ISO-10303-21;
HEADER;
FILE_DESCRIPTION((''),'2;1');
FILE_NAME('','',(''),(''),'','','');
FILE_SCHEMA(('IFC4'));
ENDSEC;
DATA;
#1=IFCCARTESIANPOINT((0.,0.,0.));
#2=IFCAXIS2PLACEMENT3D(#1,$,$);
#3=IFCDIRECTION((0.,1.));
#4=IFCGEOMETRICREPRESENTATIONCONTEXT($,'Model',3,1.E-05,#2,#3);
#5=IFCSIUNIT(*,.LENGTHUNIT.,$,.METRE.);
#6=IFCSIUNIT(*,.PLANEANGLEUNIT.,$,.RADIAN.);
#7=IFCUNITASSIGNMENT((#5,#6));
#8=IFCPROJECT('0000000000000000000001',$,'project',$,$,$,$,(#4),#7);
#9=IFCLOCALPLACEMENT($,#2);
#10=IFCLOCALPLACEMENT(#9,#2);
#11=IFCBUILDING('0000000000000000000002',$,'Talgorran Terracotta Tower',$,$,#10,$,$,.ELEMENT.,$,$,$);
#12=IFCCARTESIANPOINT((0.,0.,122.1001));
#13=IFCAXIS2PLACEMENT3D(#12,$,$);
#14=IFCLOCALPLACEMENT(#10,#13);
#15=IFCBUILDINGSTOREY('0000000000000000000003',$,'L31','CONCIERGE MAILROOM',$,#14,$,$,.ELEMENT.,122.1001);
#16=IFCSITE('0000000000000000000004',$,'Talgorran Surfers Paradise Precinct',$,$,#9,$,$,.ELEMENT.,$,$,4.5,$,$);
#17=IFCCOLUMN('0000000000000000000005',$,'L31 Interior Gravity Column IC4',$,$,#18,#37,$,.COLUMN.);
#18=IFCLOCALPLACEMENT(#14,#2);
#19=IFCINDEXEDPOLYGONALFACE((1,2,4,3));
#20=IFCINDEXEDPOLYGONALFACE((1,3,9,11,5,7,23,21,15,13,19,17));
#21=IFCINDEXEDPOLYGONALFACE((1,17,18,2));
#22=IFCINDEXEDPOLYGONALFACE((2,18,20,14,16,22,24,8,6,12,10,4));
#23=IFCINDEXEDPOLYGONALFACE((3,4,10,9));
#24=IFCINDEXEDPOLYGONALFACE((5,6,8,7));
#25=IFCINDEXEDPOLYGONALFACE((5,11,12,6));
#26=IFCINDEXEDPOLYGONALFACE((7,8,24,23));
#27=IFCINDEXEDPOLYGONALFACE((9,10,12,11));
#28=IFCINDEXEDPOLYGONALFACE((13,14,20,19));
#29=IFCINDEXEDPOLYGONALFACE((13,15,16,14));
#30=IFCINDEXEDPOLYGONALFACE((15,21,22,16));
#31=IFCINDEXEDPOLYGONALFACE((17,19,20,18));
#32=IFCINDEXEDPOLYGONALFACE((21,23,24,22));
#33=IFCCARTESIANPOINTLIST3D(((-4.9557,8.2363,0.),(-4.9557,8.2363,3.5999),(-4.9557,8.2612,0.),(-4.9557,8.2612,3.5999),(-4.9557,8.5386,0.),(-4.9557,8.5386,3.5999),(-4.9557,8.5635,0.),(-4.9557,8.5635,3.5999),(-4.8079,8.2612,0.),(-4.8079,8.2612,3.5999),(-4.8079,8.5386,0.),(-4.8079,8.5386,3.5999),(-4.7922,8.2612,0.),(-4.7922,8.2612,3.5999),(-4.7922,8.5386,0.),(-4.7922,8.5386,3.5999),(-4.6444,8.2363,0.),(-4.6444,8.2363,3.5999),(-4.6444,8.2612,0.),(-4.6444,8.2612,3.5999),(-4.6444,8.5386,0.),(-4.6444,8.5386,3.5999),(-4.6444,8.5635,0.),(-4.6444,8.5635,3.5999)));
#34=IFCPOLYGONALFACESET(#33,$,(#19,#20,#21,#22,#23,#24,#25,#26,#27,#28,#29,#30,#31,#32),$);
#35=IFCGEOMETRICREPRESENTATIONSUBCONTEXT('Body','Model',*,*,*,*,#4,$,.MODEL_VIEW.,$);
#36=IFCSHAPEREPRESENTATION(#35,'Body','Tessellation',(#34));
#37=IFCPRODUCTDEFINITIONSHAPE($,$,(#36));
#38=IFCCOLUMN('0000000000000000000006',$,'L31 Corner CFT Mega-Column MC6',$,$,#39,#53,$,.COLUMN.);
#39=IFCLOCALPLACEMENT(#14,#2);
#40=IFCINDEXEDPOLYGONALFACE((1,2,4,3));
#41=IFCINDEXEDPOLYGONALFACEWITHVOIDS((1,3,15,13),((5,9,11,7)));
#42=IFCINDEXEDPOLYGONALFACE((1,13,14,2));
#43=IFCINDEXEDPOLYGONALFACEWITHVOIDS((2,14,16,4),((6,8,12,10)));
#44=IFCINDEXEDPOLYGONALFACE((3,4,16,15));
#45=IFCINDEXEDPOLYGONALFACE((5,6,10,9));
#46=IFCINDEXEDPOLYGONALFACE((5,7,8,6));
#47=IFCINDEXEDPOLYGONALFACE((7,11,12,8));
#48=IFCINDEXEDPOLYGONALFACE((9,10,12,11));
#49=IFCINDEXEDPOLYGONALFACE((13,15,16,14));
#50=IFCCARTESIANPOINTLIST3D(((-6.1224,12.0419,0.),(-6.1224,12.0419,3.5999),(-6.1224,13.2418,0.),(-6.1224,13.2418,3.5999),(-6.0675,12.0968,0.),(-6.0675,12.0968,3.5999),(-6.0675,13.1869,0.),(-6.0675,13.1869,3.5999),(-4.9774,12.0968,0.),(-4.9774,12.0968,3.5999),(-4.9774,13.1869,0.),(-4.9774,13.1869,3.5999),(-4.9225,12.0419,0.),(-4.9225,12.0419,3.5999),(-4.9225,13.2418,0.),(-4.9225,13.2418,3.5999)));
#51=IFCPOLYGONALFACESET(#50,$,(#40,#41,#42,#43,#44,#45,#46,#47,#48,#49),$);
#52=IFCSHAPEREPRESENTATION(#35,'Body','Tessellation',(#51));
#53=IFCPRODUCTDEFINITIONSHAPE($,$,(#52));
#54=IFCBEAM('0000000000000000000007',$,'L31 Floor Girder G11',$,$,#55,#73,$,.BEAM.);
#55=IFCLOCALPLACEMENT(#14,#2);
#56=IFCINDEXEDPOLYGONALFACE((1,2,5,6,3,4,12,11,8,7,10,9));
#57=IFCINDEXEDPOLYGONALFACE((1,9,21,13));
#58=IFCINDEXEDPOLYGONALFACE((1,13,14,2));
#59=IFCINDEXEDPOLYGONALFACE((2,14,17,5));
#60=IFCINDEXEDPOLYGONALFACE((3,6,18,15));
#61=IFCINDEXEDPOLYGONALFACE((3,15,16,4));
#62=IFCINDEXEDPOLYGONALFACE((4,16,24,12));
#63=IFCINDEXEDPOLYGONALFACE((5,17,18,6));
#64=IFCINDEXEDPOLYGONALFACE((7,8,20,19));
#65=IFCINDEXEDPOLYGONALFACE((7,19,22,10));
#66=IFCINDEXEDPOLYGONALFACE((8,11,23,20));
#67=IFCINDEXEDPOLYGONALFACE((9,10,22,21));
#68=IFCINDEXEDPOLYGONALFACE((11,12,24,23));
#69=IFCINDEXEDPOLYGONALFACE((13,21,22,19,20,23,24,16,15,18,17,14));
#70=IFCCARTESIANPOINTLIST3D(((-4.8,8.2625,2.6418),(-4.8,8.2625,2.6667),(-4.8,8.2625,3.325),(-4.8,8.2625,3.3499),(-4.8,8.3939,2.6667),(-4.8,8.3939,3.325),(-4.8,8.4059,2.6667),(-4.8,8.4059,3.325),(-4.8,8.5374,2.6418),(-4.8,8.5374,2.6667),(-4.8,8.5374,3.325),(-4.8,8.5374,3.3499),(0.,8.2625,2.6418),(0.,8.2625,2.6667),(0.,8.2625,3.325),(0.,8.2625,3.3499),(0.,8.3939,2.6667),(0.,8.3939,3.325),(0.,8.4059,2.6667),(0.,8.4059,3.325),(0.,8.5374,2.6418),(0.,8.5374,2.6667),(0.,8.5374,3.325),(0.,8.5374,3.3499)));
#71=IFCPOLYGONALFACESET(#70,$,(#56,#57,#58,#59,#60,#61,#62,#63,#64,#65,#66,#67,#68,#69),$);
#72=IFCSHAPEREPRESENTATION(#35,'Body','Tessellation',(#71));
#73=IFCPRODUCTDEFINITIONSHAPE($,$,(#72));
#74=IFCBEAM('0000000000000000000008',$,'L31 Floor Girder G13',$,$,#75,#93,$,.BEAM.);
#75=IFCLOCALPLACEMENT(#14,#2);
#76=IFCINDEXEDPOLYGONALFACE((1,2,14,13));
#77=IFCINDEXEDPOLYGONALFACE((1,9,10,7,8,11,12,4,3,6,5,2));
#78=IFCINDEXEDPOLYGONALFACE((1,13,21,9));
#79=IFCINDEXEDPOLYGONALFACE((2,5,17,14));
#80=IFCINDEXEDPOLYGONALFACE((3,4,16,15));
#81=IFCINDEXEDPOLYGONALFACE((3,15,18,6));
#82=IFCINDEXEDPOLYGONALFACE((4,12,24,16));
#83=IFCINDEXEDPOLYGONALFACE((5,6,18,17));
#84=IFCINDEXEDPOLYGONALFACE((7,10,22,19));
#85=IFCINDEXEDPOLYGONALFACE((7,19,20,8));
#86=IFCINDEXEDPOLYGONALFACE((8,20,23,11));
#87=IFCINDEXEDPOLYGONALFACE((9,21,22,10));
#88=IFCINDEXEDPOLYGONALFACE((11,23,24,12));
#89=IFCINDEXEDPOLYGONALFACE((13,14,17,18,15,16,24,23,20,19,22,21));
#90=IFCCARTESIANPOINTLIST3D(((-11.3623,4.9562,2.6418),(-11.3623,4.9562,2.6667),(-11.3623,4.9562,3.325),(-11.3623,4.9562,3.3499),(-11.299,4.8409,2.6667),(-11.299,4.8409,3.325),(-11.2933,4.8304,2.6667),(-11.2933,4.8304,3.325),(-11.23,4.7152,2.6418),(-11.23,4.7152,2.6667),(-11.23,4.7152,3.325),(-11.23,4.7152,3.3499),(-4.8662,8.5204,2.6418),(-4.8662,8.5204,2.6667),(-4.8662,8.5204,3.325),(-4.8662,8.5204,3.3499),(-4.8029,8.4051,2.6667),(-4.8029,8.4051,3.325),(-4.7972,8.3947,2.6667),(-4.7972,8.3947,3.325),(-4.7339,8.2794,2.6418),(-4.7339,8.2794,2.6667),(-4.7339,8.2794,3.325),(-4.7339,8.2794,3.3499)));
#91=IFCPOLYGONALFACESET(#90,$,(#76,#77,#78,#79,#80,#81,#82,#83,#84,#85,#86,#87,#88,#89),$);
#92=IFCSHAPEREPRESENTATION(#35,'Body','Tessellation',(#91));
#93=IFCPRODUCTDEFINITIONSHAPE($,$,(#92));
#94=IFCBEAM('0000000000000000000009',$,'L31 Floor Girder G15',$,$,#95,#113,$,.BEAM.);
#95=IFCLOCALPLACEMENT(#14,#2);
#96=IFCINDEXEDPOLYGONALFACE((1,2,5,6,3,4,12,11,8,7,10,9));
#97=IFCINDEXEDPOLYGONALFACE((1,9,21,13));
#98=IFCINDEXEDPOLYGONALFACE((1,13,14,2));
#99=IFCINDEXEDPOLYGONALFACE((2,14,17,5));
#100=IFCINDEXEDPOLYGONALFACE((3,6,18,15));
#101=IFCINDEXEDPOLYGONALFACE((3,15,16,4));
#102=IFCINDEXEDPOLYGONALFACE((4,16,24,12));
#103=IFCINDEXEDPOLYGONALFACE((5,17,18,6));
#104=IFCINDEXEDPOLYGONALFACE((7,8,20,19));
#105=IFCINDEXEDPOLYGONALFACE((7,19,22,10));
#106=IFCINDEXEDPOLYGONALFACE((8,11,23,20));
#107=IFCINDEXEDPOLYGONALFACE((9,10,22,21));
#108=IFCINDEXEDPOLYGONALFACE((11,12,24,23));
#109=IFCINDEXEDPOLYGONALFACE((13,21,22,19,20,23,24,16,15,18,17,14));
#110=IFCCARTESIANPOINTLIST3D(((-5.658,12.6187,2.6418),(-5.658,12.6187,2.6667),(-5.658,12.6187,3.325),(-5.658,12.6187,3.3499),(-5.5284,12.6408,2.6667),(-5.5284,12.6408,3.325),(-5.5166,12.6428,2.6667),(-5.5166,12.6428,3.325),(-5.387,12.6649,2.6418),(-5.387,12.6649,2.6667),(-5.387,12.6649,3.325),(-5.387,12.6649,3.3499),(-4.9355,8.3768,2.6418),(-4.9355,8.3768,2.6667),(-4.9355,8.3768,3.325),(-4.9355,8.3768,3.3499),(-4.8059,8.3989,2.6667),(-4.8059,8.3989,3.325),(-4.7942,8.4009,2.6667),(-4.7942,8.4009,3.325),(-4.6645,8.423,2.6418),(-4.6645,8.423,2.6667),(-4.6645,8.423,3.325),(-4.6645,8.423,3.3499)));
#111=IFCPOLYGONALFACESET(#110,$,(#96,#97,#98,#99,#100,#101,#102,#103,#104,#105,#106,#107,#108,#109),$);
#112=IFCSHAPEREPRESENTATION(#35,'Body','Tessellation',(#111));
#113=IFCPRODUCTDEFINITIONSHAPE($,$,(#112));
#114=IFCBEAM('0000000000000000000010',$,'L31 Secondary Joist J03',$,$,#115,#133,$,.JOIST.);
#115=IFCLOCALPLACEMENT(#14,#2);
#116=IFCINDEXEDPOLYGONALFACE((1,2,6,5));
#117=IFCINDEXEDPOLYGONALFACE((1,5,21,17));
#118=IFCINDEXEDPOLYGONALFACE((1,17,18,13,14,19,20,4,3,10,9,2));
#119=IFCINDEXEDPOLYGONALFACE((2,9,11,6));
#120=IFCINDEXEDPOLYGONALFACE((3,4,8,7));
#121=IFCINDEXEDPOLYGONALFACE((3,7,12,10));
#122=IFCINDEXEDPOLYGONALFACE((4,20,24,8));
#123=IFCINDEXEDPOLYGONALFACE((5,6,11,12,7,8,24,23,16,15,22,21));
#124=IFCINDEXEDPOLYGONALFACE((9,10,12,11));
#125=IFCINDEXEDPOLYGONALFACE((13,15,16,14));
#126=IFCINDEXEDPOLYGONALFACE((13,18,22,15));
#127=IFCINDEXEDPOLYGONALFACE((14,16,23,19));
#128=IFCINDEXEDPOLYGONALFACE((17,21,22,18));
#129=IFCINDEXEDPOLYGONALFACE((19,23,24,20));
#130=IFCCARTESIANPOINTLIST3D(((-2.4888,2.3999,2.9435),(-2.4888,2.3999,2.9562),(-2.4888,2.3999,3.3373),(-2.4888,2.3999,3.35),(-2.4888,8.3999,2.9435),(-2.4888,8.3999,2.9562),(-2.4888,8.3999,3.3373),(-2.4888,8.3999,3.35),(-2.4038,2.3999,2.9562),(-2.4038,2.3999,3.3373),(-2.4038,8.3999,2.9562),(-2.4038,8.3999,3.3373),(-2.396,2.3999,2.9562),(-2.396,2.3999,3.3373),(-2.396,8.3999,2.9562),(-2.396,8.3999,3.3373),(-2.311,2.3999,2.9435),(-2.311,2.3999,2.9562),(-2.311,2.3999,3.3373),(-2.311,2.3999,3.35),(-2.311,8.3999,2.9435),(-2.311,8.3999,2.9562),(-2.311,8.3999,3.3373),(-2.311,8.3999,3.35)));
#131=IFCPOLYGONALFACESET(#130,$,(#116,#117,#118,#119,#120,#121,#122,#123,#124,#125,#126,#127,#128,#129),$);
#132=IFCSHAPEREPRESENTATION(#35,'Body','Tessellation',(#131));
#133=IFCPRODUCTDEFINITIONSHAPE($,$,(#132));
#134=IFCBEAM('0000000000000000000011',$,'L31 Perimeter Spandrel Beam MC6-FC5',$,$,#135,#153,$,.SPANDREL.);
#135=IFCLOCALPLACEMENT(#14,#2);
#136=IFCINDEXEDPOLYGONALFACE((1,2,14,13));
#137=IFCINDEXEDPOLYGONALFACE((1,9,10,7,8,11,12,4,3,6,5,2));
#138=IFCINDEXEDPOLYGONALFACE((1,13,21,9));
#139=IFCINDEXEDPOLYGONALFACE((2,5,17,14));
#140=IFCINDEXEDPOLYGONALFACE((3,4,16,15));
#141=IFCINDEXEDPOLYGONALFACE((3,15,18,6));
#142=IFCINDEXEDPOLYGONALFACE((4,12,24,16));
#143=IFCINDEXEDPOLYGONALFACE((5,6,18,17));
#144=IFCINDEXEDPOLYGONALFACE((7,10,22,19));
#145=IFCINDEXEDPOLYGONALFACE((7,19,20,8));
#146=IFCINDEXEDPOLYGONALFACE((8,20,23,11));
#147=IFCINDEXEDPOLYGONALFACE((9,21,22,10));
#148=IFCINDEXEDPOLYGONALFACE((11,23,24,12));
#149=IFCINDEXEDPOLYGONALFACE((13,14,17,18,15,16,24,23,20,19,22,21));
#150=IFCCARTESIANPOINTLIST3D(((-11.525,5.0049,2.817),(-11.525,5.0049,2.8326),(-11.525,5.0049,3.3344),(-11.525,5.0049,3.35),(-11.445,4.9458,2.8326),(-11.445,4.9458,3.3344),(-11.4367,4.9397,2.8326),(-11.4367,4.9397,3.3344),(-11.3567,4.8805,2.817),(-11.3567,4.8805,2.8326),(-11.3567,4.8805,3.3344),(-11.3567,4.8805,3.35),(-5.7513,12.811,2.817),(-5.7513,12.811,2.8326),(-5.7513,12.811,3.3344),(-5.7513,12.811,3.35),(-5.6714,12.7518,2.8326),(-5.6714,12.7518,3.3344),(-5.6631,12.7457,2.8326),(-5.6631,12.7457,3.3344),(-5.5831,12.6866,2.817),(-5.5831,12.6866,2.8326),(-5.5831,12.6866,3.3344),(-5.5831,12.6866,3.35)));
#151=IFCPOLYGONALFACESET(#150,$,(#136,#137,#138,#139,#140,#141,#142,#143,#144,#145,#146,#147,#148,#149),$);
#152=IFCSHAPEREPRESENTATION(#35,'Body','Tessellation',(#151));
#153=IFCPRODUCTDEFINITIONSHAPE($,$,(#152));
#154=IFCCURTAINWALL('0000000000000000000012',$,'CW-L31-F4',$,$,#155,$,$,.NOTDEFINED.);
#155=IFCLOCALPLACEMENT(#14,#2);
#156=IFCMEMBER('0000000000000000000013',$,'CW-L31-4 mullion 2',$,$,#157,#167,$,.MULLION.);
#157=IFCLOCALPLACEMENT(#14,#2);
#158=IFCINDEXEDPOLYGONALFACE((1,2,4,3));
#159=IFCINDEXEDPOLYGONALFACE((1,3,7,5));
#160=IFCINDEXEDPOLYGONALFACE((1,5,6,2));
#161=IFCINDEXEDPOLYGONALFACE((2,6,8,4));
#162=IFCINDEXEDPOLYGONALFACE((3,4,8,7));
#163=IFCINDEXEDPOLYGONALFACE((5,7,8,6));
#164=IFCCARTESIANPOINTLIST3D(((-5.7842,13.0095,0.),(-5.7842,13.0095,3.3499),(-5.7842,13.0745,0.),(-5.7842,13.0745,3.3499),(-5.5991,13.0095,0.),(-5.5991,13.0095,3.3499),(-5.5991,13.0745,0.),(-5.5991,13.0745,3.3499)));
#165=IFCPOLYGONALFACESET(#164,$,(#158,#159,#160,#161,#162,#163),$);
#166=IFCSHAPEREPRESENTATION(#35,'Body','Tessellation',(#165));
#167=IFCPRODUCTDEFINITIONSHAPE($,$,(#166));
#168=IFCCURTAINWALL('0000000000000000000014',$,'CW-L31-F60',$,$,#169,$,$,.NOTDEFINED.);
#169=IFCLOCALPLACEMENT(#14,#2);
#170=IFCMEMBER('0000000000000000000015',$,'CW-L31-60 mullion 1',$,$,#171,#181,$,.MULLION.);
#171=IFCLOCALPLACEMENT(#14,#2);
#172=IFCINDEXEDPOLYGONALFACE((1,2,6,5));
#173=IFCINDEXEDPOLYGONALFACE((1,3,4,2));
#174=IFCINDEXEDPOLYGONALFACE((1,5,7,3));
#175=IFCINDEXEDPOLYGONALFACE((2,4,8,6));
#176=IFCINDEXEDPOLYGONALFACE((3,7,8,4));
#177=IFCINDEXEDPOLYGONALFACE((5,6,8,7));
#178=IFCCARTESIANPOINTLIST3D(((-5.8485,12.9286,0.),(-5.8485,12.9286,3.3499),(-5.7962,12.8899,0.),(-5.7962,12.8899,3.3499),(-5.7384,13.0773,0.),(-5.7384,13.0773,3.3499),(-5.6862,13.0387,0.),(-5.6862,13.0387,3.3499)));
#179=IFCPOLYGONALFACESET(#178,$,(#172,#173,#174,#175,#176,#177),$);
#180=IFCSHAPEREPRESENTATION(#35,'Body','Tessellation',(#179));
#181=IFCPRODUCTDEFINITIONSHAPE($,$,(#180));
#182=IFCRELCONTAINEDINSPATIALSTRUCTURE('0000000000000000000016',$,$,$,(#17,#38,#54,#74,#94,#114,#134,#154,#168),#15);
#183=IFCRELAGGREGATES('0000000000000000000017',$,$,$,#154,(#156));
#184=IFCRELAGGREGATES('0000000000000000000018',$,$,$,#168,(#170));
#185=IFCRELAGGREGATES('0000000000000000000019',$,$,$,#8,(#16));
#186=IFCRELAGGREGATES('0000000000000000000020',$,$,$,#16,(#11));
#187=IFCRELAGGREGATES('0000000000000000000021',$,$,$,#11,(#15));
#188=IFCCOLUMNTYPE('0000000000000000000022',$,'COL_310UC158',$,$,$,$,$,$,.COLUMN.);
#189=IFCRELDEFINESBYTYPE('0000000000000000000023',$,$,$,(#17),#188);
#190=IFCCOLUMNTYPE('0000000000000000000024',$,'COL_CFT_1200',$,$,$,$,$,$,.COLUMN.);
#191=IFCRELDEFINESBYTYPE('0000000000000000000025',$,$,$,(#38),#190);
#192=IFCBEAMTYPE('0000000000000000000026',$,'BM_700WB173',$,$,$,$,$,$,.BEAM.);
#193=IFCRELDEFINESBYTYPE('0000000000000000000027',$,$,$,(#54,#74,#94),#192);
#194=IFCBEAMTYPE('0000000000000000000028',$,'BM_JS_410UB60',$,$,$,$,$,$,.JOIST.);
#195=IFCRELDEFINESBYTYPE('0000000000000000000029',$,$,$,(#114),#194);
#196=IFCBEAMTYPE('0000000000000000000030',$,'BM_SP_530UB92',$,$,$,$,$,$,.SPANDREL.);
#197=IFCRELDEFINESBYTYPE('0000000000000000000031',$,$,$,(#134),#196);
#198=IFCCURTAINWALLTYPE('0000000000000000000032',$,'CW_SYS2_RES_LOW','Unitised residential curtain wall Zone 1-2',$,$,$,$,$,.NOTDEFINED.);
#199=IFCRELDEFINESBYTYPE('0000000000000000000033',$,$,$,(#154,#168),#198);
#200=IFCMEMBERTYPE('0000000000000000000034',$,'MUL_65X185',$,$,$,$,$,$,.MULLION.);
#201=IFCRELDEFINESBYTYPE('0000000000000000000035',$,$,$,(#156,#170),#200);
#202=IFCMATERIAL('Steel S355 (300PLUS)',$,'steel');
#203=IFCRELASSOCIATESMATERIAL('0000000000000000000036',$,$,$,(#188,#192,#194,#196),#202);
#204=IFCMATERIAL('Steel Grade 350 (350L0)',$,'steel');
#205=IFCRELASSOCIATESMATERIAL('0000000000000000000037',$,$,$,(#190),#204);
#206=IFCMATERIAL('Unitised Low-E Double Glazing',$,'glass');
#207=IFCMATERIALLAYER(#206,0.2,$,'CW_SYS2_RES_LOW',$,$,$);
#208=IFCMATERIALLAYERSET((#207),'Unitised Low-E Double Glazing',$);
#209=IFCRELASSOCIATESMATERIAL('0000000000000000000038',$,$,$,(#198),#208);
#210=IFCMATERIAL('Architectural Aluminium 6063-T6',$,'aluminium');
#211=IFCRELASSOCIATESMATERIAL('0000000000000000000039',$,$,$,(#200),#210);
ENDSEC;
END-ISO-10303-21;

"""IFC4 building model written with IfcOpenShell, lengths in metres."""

from ifc_helpers import new_model, si_unit, direction, frame, origin, origin_2d, place, context, subcontext, project, spatial, rectangle, hollow_rectangle, i_section, extrude, material, layer, layer_set, material_profile, profile_set, type_object, element, aggregate, save


model = new_model("IFC4")

# Units and contexts
model_context = context("Model", 3, precision=1e-05, world=origin(), true_north=direction((0.0, 1.0)))
body_context = subcontext(model_context, "Body", "Model", "MODEL_VIEW")
ifc_project = project(units=[si_unit("LENGTHUNIT", "METRE"), si_unit("PLANEANGLEUNIT", "RADIAN")], contexts=[model_context])

# Site, building, storey
site_placement = place(None, origin())
site = spatial("IfcSite", under=ifc_project, at=site_placement, Name="Talgorran Surfers Paradise Precinct", CompositionType="ELEMENT", RefElevation=4.5)
building_placement = place(site_placement, origin())
building = spatial("IfcBuilding", under=site, at=building_placement, Name="Talgorran Terracotta Tower", CompositionType="ELEMENT")
storey_placement = place(building_placement, frame((0.0, 0.0, 122.1001)))
storey = spatial("IfcBuildingStorey", under=building, at=storey_placement, Name="L31", Description="CONCIERGE MAILROOM", CompositionType="ELEMENT", Elevation=122.1001)

# Columns
ifc_material_1 = material(Name="Steel S355 (300PLUS)", Category="steel")
ifc_material_profile_1 = material_profile(ifc_material_1, i_section(OverallWidth=0.3113, OverallDepth=0.3271, WebThickness=0.0156, FlangeThickness=0.0249, at=origin_2d()), Name="310UC158")
ifc_profile_set_1 = profile_set([ifc_material_profile_1], Name="Steel S355 (300PLUS)")
column_type_1 = type_object("IfcColumnType", Name="COL_310UC158", PredefinedType="COLUMN", material=ifc_profile_set_1)
column_1_placement = place(storey_placement, frame((-4.8, 8.3999, 0.0), z_axis=(0.0, 0.0, 1.0), x_axis=(1.0, 0.0, 0.0)))
element("IfcColumn", 1, at=column_1_placement, inside=storey, type_object=column_type_1, Name="L31 Interior Gravity Column IC4", PredefinedType="COLUMN", context=body_context, shape_type="SweptSolid", body=[
    extrude(i_section(OverallWidth=0.3113, OverallDepth=0.3271, WebThickness=0.0156, FlangeThickness=0.0249, at=origin_2d()), origin(), (0.0, 0.0, 1.0), 3.5999),
])
ifc_material_2 = material(Name="Steel Grade 350 (350L0)", Category="steel")
ifc_material_profile_2 = material_profile(ifc_material_2, hollow_rectangle(XDim=1.2, YDim=1.2, WallThickness=0.0549, at=origin_2d()), Name="CFT1200X1200X55")
ifc_profile_set_2 = profile_set([ifc_material_profile_2], Name="Steel Grade 350 (350L0)")
column_type_2 = type_object("IfcColumnType", Name="COL_CFT_1200", PredefinedType="COLUMN", material=ifc_profile_set_2)
column_2_placement = place(storey_placement, frame((-5.5225, 12.6418, 0.0), z_axis=(0.0, 0.0, 1.0), x_axis=(1.0, 0.0, 0.0)))
element("IfcColumn", 2, at=column_2_placement, inside=storey, type_object=column_type_2, Name="L31 Corner CFT Mega-Column MC6", PredefinedType="COLUMN", context=body_context, shape_type="SweptSolid", body=[
    extrude(hollow_rectangle(XDim=1.2, YDim=1.2, WallThickness=0.0549, at=origin_2d()), origin(), (0.0, 0.0, 1.0), 3.5999),
])

# Beams
ifc_material_profile_3 = material_profile(ifc_material_1, i_section(OverallWidth=0.2749, OverallDepth=0.708, WebThickness=0.012, FlangeThickness=0.0249, at=origin_2d()), Name="700WB173")
ifc_profile_set_3 = profile_set([ifc_material_profile_3], Name="Steel S355 (300PLUS)")
beam_type_1 = type_object("IfcBeamType", Name="BM_700WB173", PredefinedType="BEAM", material=ifc_profile_set_3)
beam_1_placement = place(storey_placement, frame((-4.8, 8.3999, 2.9958), z_axis=(1.0, 0.0, 0.0), x_axis=(0.0, 1.0, 0.0)))
element("IfcBeam", 3, at=beam_1_placement, inside=storey, type_object=beam_type_1, Name="L31 Floor Girder G11", PredefinedType="BEAM", context=body_context, shape_type="SweptSolid", body=[
    extrude(i_section(OverallWidth=0.2749, OverallDepth=0.708, WebThickness=0.012, FlangeThickness=0.0249, at=origin_2d()), origin(), (0.0, 0.0, 1.0), 4.8),
])
beam_2_placement = place(storey_placement, frame((-4.8, 8.3999, 2.9958), z_axis=(-0.876708, -0.481023, 0.0), x_axis=(0.481023, -0.876708, 0.0)))
element("IfcBeam", 4, at=beam_2_placement, inside=storey, type_object=beam_type_1, Name="L31 Floor Girder G13", PredefinedType="BEAM", context=body_context, shape_type="SweptSolid", body=[
    extrude(i_section(OverallWidth=0.2749, OverallDepth=0.708, WebThickness=0.012, FlangeThickness=0.0249, at=origin_2d()), origin(), (0.0, 0.0, 1.0), 7.4097),
])
beam_3_placement = place(storey_placement, frame((-4.8, 8.3999, 2.9958), z_axis=(-0.167885, 0.985807, 0.0), x_axis=(-0.985807, -0.167885, 0.0)))
element("IfcBeam", 5, at=beam_3_placement, inside=storey, type_object=beam_type_1, Name="L31 Floor Girder G15", PredefinedType="BEAM", context=body_context, shape_type="SweptSolid", body=[
    extrude(i_section(OverallWidth=0.2749, OverallDepth=0.708, WebThickness=0.012, FlangeThickness=0.0249, at=origin_2d()), origin(), (0.0, 0.0, 1.0), 4.303),
])
ifc_material_profile_4 = material_profile(ifc_material_1, i_section(OverallWidth=0.1777, OverallDepth=0.4065, WebThickness=0.0078, FlangeThickness=0.0127, at=origin_2d()), Name="410UB59.7")
ifc_profile_set_4 = profile_set([ifc_material_profile_4], Name="Steel S355 (300PLUS)")
beam_type_2 = type_object("IfcBeamType", Name="BM_JS_410UB60", PredefinedType="JOIST", material=ifc_profile_set_4)
beam_4_placement = place(storey_placement, frame((-2.3999, 2.3999, 3.1467), z_axis=(0.0, 1.0, 0.0), x_axis=(-1.0, 0.0, 0.0)))
element("IfcBeam", 6, at=beam_4_placement, inside=storey, type_object=beam_type_2, Name="L31 Secondary Joist J03", PredefinedType="JOIST", context=body_context, shape_type="SweptSolid", body=[
    extrude(i_section(OverallWidth=0.1777, OverallDepth=0.4065, WebThickness=0.0078, FlangeThickness=0.0127, at=origin_2d()), origin(), (0.0, 0.0, 1.0), 6.0),
])
ifc_material_profile_5 = material_profile(ifc_material_1, i_section(OverallWidth=0.2092, OverallDepth=0.533, WebThickness=0.0103, FlangeThickness=0.0156, at=origin_2d()), Name="530UB92.4")
ifc_profile_set_5 = profile_set([ifc_material_profile_5], Name="Steel S355 (300PLUS)")
beam_type_3 = type_object("IfcBeamType", Name="BM_SP_530UB92", PredefinedType="SPANDREL", material=ifc_profile_set_5)
beam_5_placement = place(storey_placement, frame((-5.6672, 12.7488, 3.0835), z_axis=(-0.594652, -0.803983, 0.0), x_axis=(0.803983, -0.594652, 0.0)))
element("IfcBeam", 7, at=beam_5_placement, inside=storey, type_object=beam_type_3, Name="L31 Perimeter Spandrel Beam MC6-FC5", PredefinedType="SPANDREL", context=body_context, shape_type="SweptSolid", body=[
    extrude(i_section(OverallWidth=0.2092, OverallDepth=0.533, WebThickness=0.0103, FlangeThickness=0.0156, at=origin_2d()), origin(), (0.0, 0.0, 1.0), 9.7092),
])

# Curtain wall, member
ifc_material_3 = material(Name="Unitised Low-E Double Glazing", Category="glass")
ifc_layer_1 = layer(ifc_material_3, 0.2, Name="CW_SYS2_RES_LOW")
ifc_layer_set_1 = layer_set([ifc_layer_1], Name="Unitised Low-E Double Glazing")
curtain_wall_type = type_object("IfcCurtainWallType", Name="CW_SYS2_RES_LOW", Description="Unitised residential curtain wall Zone 1-2", PredefinedType="NOTDEFINED", material=ifc_layer_set_1)
curtain_wall_1_placement = place(storey_placement, origin())
curtain_wall_1 = element("IfcCurtainWall", 8, at=curtain_wall_1_placement, inside=storey, type_object=curtain_wall_type, Name="CW-L31-F4", PredefinedType="NOTDEFINED")
ifc_material_4 = material(Name="Architectural Aluminium 6063-T6", Category="aluminium")
ifc_material_profile_6 = material_profile(ifc_material_4, rectangle(XDim=0.0649, YDim=0.1851, at=origin_2d()), Name="CWM65X185")
ifc_profile_set_6 = profile_set([ifc_material_profile_6], Name="Architectural Aluminium 6063-T6")
member_type_1 = type_object("IfcMemberType", Name="MUL_65X185", PredefinedType="MULLION", material=ifc_profile_set_6)
member_1_placement = place(storey_placement, frame((-5.6917, 13.042, 0.0), z_axis=(0.0, 0.0, 1.0), x_axis=(0.0, -1.0, 0.0)))
member_1 = element("IfcMember", 9, at=member_1_placement, type_object=member_type_1, Name="CW-L31-4 mullion 2", PredefinedType="MULLION", context=body_context, shape_type="SweptSolid", body=[
    extrude(rectangle(XDim=0.0649, YDim=0.1851, at=origin_2d()), origin(), (0.0, 0.0, 1.0), 3.3499),
])
aggregate(curtain_wall_1, [member_1])

# Curtain wall, member
curtain_wall_2_placement = place(storey_placement, origin())
curtain_wall_2 = element("IfcCurtainWall", 10, at=curtain_wall_2_placement, inside=storey, type_object=curtain_wall_type, Name="CW-L31-F60", PredefinedType="NOTDEFINED")
member_2_placement = place(storey_placement, frame((-5.7673, 12.9836, 0.0), z_axis=(0.0, 0.0, 1.0), x_axis=(0.803992, -0.59464, 0.0)))
member_2 = element("IfcMember", 11, at=member_2_placement, type_object=member_type_1, Name="CW-L31-60 mullion 1", PredefinedType="MULLION", context=body_context, shape_type="SweptSolid", body=[
    extrude(rectangle(XDim=0.0649, YDim=0.1851, at=origin_2d()), origin(), (0.0, 0.0, 1.0), 3.3499),
])

aggregate(curtain_wall_2, [member_2])

save(model, "model.ifc")
